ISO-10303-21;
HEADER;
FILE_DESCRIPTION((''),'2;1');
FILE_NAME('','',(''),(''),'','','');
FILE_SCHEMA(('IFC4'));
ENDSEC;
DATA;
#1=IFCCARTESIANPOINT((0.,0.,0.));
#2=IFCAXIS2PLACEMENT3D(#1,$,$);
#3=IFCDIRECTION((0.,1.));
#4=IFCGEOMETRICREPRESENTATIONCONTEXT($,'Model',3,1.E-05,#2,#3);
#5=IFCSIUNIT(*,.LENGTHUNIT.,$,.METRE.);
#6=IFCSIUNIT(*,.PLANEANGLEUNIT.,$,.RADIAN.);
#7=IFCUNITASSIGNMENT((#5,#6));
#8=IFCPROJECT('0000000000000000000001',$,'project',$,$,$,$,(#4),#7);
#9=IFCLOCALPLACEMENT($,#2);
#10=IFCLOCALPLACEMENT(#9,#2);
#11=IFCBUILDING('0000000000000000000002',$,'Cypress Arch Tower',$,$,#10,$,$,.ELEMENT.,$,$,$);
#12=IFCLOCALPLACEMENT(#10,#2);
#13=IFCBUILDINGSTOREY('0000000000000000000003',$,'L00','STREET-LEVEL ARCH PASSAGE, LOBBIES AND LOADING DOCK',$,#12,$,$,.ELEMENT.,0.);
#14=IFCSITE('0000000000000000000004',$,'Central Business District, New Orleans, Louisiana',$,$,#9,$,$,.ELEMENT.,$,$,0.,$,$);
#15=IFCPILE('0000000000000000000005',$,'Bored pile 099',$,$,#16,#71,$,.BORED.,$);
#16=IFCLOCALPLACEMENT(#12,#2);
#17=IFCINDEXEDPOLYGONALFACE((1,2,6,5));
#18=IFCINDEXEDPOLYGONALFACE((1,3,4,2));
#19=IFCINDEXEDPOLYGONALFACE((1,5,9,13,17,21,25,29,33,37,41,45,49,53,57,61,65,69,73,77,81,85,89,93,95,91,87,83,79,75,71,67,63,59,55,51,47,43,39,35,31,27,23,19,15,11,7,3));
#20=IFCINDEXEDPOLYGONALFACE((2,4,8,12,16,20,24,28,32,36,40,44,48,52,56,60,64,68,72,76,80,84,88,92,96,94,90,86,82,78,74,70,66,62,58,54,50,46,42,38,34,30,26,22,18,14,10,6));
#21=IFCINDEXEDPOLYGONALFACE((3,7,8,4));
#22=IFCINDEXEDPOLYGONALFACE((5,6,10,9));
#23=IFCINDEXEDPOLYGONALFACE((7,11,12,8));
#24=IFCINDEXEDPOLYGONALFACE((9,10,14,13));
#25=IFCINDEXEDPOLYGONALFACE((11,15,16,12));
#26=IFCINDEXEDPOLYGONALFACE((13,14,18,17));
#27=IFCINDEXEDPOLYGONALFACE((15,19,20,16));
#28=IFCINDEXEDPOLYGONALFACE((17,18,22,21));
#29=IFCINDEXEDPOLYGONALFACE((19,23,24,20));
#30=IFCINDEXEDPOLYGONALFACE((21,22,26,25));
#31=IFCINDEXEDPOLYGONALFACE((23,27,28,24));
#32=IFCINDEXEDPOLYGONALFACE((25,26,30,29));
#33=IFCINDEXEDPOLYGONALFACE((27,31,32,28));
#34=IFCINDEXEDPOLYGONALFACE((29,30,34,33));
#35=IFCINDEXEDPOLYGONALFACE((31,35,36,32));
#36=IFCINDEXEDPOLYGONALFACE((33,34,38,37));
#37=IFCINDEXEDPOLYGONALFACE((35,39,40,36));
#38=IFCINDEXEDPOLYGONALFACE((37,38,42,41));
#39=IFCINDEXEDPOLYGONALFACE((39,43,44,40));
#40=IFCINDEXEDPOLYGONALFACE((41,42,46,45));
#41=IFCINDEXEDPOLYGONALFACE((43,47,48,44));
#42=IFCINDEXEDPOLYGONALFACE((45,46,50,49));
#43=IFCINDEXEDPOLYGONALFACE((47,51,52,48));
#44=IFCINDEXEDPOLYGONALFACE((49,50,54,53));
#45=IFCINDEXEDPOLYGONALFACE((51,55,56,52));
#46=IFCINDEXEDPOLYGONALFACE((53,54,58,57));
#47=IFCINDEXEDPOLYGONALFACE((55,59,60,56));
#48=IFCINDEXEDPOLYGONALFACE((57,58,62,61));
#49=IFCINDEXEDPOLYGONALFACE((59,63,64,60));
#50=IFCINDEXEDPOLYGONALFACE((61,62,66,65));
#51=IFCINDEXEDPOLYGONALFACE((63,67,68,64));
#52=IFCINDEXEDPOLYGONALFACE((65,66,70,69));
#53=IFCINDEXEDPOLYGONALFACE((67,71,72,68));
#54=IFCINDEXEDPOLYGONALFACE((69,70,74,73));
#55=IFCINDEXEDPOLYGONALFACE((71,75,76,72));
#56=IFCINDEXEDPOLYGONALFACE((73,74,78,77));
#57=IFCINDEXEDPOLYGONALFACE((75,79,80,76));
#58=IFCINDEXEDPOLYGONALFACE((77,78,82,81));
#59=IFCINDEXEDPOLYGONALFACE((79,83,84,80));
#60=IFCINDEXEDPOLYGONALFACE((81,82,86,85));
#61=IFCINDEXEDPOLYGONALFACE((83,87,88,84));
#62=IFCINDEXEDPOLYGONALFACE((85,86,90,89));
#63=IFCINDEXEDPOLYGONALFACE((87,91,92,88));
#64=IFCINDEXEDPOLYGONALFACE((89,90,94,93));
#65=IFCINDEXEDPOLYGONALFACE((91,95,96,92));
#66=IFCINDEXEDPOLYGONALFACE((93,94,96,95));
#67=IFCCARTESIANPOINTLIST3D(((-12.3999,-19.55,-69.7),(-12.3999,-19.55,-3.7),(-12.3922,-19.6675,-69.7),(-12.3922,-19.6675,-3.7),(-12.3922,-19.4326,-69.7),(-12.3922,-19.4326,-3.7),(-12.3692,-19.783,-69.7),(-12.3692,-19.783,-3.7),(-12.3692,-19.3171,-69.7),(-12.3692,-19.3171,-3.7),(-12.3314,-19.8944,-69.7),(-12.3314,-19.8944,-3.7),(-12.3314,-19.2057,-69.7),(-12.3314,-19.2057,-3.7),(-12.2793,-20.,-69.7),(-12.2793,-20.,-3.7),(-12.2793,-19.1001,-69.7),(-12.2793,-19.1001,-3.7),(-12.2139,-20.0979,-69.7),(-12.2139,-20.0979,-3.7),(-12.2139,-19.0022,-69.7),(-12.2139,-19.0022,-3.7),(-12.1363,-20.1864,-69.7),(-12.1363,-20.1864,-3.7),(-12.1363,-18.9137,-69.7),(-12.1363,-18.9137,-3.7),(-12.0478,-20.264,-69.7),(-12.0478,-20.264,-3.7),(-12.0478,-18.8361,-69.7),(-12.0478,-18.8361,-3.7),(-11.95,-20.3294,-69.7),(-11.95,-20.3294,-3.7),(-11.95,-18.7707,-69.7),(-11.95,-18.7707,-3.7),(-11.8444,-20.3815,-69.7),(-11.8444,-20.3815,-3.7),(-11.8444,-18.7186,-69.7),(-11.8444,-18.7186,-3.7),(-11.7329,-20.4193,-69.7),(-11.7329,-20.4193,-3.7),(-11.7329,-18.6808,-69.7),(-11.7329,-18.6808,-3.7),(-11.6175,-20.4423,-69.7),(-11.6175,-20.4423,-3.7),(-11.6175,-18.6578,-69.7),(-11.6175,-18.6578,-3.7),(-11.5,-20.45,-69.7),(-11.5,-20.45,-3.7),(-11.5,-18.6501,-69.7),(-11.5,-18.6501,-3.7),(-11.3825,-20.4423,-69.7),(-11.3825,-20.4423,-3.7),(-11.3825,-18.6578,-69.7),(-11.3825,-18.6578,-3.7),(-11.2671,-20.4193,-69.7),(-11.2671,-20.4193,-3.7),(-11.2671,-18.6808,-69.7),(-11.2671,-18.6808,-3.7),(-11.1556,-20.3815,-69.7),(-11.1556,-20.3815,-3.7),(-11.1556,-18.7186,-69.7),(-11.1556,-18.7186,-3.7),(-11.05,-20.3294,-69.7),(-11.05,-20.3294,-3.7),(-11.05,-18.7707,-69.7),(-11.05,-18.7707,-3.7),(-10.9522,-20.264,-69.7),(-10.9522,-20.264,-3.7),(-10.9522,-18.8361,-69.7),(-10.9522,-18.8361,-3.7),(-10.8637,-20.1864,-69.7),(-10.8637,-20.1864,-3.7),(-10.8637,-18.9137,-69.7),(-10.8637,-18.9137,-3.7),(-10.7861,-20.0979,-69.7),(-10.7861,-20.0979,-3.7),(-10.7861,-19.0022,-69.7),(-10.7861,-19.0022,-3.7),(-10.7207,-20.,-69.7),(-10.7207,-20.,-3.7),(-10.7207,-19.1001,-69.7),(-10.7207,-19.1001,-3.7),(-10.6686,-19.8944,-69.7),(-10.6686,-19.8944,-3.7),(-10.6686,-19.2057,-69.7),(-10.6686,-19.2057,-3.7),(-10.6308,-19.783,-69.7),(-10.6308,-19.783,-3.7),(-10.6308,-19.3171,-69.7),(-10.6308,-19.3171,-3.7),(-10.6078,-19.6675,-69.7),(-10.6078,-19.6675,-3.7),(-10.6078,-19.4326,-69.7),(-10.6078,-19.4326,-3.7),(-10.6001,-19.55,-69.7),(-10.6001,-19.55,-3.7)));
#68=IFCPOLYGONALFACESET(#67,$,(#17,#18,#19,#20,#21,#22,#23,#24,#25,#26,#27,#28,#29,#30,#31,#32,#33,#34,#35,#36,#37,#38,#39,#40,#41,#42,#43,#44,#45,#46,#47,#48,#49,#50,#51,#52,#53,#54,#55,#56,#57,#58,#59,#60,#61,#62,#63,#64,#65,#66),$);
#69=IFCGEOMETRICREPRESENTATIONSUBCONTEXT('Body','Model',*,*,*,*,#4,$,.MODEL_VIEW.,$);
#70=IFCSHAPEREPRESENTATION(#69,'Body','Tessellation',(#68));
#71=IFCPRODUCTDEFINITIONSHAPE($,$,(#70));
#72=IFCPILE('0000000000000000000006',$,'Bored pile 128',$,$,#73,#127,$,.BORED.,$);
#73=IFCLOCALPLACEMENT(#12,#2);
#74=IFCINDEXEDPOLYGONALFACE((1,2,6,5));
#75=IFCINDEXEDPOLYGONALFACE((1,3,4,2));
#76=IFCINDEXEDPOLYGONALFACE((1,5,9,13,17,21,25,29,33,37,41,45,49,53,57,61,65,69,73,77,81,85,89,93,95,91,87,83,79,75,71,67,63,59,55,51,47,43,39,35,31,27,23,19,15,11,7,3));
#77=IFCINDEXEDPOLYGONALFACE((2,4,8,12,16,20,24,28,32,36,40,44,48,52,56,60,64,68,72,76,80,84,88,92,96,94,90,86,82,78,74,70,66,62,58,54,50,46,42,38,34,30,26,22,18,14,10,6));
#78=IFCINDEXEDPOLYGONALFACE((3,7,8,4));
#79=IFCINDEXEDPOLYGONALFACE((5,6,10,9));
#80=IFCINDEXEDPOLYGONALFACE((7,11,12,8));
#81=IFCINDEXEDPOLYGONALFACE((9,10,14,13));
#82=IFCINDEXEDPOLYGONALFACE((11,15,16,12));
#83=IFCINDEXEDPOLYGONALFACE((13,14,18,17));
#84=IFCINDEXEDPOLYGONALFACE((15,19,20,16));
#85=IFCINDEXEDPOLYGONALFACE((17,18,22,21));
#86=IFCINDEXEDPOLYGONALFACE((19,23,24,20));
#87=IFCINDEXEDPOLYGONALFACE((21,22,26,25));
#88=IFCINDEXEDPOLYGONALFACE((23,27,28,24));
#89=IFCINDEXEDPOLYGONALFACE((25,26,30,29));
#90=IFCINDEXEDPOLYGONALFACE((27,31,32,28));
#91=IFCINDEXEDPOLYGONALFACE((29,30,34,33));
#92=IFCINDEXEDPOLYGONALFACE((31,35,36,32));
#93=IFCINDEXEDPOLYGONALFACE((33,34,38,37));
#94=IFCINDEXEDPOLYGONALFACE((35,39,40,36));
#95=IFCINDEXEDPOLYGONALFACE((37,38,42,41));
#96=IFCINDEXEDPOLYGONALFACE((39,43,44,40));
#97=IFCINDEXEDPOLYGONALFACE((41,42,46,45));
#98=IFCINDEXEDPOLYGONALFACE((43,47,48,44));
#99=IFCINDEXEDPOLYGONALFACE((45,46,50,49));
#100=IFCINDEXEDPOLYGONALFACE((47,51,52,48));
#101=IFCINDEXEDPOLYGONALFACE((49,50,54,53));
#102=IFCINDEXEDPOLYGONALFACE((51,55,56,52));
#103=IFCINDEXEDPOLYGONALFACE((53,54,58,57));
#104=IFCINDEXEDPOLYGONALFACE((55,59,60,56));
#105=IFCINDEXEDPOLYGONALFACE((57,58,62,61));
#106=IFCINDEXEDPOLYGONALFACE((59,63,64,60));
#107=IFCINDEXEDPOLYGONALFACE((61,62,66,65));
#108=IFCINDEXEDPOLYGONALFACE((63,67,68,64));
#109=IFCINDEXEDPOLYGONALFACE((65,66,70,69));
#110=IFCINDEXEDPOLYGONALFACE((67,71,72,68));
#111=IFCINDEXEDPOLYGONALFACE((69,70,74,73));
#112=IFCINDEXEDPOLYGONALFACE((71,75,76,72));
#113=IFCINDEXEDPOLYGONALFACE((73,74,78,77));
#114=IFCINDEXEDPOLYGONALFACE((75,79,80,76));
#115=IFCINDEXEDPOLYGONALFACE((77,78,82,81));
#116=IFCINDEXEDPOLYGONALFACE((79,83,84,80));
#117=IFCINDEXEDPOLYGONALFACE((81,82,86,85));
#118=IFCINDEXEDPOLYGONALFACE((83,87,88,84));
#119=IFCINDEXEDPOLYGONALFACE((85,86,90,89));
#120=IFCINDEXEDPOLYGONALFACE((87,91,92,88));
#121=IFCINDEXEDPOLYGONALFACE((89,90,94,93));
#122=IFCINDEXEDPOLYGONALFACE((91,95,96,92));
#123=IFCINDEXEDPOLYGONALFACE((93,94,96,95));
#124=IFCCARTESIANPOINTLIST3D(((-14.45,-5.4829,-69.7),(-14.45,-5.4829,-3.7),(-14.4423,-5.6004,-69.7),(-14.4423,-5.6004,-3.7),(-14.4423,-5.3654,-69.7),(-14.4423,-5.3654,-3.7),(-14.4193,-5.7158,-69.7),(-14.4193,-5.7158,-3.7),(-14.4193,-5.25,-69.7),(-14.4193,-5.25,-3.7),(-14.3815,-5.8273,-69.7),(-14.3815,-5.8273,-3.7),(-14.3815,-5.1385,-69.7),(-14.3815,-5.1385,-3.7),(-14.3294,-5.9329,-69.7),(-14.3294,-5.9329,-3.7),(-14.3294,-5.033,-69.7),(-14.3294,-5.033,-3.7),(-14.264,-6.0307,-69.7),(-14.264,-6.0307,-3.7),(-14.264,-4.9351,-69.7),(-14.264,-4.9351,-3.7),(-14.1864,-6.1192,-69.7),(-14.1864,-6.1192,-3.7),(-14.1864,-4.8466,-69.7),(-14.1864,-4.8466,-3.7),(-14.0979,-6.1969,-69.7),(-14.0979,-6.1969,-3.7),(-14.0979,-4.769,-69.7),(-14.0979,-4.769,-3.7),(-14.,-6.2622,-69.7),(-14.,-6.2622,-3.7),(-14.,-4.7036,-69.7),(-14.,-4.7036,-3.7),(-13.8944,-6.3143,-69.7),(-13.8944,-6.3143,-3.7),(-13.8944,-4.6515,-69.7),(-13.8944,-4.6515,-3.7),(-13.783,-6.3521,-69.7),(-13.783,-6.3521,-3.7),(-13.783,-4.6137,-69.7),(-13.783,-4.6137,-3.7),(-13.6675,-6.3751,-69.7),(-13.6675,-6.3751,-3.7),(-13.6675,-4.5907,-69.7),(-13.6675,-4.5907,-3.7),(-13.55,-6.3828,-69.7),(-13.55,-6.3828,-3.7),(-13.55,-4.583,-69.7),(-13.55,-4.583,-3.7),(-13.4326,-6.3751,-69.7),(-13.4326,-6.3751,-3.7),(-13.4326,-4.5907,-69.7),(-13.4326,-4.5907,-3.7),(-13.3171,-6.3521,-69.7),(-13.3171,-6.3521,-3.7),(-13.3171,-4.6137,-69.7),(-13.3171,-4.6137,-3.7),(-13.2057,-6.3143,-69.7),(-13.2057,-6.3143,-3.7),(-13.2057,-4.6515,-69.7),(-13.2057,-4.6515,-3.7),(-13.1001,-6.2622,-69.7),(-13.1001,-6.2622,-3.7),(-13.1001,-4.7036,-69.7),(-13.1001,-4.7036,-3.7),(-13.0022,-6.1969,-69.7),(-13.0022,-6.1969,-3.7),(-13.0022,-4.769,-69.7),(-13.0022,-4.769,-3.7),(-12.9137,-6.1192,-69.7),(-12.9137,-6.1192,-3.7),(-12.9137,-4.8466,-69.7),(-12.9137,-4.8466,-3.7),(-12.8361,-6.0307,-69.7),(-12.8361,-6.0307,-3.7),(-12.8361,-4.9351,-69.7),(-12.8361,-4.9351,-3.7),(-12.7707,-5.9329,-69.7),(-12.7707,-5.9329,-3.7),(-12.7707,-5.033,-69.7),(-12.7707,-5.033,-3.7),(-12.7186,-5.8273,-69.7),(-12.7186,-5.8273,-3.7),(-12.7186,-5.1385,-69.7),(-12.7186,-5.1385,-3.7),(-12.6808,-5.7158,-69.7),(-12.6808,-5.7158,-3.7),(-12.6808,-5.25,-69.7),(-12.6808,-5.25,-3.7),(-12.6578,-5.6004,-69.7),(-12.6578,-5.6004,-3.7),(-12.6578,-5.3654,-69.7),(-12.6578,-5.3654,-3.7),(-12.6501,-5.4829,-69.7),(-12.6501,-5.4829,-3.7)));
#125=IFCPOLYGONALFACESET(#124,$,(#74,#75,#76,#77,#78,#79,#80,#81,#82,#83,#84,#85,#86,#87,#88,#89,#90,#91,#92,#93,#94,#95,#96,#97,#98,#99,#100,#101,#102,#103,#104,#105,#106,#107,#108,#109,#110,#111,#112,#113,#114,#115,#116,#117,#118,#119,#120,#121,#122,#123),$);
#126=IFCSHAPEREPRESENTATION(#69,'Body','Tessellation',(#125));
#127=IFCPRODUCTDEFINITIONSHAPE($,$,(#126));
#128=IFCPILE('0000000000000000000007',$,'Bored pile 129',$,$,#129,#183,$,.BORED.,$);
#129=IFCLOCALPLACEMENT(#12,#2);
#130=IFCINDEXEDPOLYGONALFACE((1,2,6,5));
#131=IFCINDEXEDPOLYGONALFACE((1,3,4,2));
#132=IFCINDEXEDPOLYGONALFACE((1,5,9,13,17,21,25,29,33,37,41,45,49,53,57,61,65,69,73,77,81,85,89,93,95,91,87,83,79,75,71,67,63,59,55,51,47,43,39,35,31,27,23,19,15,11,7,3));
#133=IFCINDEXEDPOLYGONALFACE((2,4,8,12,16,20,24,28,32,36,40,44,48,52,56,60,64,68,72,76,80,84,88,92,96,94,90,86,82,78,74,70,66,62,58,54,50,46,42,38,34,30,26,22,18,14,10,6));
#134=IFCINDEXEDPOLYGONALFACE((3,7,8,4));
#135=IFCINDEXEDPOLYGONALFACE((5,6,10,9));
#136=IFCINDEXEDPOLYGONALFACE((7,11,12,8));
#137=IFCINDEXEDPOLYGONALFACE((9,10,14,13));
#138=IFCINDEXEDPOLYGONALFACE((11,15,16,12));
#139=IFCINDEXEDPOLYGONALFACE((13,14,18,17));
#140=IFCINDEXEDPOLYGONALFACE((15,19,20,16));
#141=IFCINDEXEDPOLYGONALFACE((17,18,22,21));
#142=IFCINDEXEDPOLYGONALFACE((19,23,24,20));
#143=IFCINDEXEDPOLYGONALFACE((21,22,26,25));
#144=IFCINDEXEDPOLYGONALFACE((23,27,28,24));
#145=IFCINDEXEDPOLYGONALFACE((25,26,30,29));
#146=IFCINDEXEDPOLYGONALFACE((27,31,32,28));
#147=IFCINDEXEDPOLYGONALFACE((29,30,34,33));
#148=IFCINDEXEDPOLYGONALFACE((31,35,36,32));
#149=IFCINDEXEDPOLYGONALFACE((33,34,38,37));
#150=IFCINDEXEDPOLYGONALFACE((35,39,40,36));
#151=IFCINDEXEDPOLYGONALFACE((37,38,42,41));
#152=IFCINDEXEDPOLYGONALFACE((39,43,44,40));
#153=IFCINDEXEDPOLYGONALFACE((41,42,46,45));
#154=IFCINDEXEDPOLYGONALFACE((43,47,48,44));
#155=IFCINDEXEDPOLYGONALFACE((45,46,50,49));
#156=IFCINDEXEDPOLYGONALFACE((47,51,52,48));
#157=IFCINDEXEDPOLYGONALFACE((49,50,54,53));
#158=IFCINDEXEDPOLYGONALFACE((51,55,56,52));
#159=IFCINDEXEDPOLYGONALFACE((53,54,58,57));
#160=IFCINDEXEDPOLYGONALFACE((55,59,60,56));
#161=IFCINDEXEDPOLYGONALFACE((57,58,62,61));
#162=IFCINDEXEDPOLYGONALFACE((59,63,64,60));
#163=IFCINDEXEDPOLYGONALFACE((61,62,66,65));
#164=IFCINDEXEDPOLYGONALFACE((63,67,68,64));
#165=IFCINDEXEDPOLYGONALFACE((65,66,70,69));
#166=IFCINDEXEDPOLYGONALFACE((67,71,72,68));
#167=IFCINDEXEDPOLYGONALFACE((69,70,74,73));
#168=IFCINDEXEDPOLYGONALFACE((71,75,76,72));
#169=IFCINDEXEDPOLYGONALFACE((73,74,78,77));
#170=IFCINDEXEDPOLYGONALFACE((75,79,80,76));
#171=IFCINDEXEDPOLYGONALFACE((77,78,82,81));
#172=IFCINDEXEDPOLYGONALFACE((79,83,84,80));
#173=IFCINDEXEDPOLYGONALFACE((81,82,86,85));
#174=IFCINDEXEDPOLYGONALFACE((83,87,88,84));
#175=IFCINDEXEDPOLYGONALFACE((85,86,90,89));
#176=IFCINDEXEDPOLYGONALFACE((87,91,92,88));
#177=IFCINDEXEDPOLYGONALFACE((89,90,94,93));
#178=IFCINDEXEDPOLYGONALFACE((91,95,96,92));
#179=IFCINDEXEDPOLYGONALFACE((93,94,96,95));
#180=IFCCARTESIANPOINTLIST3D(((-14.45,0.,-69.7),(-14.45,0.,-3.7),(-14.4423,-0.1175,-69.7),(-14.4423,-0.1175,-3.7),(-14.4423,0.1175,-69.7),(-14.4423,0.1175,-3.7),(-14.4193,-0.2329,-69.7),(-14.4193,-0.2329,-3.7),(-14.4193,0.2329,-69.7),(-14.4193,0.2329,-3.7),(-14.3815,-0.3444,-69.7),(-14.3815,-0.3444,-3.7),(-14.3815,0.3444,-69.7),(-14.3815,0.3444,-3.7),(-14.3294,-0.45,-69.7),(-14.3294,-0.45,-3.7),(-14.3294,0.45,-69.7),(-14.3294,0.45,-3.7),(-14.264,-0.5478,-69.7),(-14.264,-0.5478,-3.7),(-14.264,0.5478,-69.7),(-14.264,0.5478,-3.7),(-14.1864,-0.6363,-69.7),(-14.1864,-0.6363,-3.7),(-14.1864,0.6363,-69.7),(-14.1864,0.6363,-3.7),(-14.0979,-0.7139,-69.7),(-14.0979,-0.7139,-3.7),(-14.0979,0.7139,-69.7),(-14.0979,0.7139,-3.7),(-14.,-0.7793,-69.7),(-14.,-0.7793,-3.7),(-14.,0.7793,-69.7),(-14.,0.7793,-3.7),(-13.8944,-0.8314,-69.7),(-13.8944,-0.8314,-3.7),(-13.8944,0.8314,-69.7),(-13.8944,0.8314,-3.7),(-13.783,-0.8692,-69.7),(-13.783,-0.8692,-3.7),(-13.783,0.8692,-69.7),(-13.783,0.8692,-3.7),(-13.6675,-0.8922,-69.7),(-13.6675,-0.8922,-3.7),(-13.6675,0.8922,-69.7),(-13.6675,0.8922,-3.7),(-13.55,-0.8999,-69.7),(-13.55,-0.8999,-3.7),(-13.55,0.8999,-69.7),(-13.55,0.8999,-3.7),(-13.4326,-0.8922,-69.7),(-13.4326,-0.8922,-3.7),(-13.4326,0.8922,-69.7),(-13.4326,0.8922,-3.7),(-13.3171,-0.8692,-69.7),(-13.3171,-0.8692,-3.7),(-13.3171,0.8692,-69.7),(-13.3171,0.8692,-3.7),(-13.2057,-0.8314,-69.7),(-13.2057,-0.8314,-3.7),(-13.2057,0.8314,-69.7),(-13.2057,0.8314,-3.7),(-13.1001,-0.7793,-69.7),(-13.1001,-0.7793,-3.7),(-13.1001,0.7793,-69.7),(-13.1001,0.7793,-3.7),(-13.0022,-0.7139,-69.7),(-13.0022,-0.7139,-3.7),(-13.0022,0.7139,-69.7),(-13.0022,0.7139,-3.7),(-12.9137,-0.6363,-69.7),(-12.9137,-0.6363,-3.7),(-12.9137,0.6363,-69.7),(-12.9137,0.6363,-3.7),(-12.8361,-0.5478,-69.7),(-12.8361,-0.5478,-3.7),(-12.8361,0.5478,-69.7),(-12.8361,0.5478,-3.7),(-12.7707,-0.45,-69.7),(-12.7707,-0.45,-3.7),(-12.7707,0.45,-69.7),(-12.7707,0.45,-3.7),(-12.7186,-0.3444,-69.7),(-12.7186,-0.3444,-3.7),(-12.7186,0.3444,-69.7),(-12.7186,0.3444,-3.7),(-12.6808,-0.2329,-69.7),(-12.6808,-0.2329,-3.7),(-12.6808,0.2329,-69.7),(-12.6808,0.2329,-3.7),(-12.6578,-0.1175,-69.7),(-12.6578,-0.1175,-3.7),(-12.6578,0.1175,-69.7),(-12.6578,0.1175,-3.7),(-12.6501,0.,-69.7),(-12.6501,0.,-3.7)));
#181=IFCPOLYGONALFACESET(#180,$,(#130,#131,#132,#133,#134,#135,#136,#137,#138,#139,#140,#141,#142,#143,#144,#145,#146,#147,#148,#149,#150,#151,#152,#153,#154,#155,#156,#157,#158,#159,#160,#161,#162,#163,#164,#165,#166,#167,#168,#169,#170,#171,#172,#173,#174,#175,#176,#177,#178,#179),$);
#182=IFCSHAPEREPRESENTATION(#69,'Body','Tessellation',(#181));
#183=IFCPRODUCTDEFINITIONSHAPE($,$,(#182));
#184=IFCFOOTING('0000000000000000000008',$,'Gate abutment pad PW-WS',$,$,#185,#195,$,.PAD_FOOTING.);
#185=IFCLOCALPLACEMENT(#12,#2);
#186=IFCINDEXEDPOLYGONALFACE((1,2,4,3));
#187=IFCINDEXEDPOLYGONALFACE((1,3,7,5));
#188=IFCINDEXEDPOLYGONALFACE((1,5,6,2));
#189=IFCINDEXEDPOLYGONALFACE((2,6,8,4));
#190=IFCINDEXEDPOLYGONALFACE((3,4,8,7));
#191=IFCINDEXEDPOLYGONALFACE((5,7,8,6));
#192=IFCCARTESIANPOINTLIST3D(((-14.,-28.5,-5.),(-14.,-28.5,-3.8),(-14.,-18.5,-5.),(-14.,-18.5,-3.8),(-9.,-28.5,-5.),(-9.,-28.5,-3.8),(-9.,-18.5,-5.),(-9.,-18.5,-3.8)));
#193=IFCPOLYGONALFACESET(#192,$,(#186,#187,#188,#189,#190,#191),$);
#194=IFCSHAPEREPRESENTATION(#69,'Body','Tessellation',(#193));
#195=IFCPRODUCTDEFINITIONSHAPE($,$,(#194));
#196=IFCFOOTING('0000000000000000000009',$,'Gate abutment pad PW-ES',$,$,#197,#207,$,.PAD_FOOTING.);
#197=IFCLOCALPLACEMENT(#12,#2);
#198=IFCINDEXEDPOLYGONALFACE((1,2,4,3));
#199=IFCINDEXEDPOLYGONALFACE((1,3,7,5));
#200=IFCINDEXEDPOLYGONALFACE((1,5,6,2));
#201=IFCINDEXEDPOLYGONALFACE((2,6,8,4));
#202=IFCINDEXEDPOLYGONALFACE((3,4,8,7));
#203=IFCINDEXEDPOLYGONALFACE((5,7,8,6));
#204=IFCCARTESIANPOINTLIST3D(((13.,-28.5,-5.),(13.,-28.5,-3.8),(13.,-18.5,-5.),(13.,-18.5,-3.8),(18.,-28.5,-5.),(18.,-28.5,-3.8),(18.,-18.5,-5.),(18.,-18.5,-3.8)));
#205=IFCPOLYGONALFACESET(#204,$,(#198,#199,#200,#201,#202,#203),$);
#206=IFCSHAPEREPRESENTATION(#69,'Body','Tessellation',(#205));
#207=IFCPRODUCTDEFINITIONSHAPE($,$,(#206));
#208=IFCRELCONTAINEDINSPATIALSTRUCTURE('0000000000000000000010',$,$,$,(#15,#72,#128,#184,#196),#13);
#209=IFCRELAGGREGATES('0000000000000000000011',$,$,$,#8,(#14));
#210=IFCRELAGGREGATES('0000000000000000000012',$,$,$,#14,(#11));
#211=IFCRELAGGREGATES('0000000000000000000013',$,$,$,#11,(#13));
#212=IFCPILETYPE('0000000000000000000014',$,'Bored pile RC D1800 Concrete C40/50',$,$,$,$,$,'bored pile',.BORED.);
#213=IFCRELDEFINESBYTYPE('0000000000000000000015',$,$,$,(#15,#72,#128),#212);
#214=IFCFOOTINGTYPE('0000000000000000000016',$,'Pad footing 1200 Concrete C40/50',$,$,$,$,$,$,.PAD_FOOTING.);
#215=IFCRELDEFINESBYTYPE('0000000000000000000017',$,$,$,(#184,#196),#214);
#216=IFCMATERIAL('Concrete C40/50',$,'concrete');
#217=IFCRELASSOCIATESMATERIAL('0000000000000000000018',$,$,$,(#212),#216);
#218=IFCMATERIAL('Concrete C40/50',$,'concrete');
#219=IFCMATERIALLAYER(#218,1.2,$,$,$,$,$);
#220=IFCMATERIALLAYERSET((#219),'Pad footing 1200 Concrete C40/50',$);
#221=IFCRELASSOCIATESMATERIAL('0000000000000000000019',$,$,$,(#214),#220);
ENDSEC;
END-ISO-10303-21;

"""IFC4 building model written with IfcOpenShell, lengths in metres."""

from ifc_helpers import new_model, si_unit, direction, frame, origin, origin_2d, place, context, subcontext, project, spatial, polyline, circle, outline, extrude, material, layer, layer_set, material_profile, profile_set, type_object, element, save


model = new_model("IFC4")

# Units and contexts
model_context = context("Model", 3, precision=1e-05, world=origin(), true_north=direction((0.0, 1.0)))
body_context = subcontext(model_context, "Body", "Model", "MODEL_VIEW")
ifc_project = project(units=[si_unit("LENGTHUNIT", "METRE"), si_unit("PLANEANGLEUNIT", "RADIAN")], contexts=[model_context])

# Site, building, storey
site_placement = place(None, origin())
site = spatial("IfcSite", under=ifc_project, at=site_placement, Name="Central Business District, New Orleans, Louisiana", CompositionType="ELEMENT", RefElevation=0.0)
building_placement = place(site_placement, origin())
building = spatial("IfcBuilding", under=site, at=building_placement, Name="Cypress Arch Tower", CompositionType="ELEMENT")
storey_placement = place(building_placement, origin())
storey = spatial("IfcBuildingStorey", under=building, at=storey_placement, Name="L00", Description="STREET-LEVEL ARCH PASSAGE, LOBBIES AND LOADING DOCK", CompositionType="ELEMENT", Elevation=0.0)

# Piles
ifc_material_1 = material(Name="Concrete C40/50", Category="concrete")
ifc_material_profile = material_profile(ifc_material_1, circle(Radius=0.8999, at=origin_2d()), Name="RC D1800")
ifc_profile_set = profile_set([ifc_material_profile], Name="Concrete C40/50")
pile_type = type_object("IfcPileType", Name="Bored pile RC D1800 Concrete C40/50", ElementType="bored pile", PredefinedType="BORED", material=ifc_profile_set)
for number, where, z_axis, x_axis, name in (
    (1, (-11.5, -19.55, -3.7), (0.0, 0.0, -1.0), (1.0, 0.0, 0.0), "Bored pile 099"),
    (2, (-13.55, -5.4829, -3.7), (0.0, 0.0, -1.0), (1.0, 0.0, 0.0), "Bored pile 128"),
    (3, (-13.55, 0.0, -3.7), (0.0, 0.0, -1.0), (1.0, 0.0, 0.0), "Bored pile 129"),
):
    element("IfcPile", number, at=place(storey_placement, frame(where, z_axis=z_axis, x_axis=x_axis)), inside=storey, type_object=pile_type, Name=name, PredefinedType="BORED", context=body_context, shape_type="SweptSolid", body=[
        extrude(circle(Radius=0.8999, at=origin_2d()), origin(), (0.0, 0.0, 1.0), 66.0),
    ])

# Footings
ifc_material_2 = material(Name="Concrete C40/50", Category="concrete")
ifc_layer_1 = layer(ifc_material_2, 1.2)
ifc_layer_set_1 = layer_set([ifc_layer_1], Name="Pad footing 1200 Concrete C40/50")
footing_type_1 = type_object("IfcFootingType", Name="Pad footing 1200 Concrete C40/50", PredefinedType="PAD_FOOTING", material=ifc_layer_set_1)
footing_1_placement = place(storey_placement, frame((0.0, 0.0, -5.0)))
element("IfcFooting", 4, at=footing_1_placement, inside=storey, type_object=footing_type_1, Name="Gate abutment pad PW-WS", PredefinedType="PAD_FOOTING", context=body_context, shape_type="SweptSolid", body=[
    extrude(outline(polyline([(-14.0, -28.5), (-14.0, -18.5), (-9.0, -18.5), (-9.0, -28.5), (-14.0, -28.5)])), origin(), (0.0, 0.0, 1.0), 1.2),
])
footing_2_placement = place(storey_placement, frame((0.0, 0.0, -5.0)))
element("IfcFooting", 5, at=footing_2_placement, inside=storey, type_object=footing_type_1, Name="Gate abutment pad PW-ES", PredefinedType="PAD_FOOTING", context=body_context, shape_type="SweptSolid", body=[
    extrude(outline(polyline([(13.0, -28.5), (13.0, -18.5), (18.0, -18.5), (18.0, -28.5), (13.0, -28.5)])), origin(), (0.0, 0.0, 1.0), 1.2),
])

save(model, "model.ifc")
